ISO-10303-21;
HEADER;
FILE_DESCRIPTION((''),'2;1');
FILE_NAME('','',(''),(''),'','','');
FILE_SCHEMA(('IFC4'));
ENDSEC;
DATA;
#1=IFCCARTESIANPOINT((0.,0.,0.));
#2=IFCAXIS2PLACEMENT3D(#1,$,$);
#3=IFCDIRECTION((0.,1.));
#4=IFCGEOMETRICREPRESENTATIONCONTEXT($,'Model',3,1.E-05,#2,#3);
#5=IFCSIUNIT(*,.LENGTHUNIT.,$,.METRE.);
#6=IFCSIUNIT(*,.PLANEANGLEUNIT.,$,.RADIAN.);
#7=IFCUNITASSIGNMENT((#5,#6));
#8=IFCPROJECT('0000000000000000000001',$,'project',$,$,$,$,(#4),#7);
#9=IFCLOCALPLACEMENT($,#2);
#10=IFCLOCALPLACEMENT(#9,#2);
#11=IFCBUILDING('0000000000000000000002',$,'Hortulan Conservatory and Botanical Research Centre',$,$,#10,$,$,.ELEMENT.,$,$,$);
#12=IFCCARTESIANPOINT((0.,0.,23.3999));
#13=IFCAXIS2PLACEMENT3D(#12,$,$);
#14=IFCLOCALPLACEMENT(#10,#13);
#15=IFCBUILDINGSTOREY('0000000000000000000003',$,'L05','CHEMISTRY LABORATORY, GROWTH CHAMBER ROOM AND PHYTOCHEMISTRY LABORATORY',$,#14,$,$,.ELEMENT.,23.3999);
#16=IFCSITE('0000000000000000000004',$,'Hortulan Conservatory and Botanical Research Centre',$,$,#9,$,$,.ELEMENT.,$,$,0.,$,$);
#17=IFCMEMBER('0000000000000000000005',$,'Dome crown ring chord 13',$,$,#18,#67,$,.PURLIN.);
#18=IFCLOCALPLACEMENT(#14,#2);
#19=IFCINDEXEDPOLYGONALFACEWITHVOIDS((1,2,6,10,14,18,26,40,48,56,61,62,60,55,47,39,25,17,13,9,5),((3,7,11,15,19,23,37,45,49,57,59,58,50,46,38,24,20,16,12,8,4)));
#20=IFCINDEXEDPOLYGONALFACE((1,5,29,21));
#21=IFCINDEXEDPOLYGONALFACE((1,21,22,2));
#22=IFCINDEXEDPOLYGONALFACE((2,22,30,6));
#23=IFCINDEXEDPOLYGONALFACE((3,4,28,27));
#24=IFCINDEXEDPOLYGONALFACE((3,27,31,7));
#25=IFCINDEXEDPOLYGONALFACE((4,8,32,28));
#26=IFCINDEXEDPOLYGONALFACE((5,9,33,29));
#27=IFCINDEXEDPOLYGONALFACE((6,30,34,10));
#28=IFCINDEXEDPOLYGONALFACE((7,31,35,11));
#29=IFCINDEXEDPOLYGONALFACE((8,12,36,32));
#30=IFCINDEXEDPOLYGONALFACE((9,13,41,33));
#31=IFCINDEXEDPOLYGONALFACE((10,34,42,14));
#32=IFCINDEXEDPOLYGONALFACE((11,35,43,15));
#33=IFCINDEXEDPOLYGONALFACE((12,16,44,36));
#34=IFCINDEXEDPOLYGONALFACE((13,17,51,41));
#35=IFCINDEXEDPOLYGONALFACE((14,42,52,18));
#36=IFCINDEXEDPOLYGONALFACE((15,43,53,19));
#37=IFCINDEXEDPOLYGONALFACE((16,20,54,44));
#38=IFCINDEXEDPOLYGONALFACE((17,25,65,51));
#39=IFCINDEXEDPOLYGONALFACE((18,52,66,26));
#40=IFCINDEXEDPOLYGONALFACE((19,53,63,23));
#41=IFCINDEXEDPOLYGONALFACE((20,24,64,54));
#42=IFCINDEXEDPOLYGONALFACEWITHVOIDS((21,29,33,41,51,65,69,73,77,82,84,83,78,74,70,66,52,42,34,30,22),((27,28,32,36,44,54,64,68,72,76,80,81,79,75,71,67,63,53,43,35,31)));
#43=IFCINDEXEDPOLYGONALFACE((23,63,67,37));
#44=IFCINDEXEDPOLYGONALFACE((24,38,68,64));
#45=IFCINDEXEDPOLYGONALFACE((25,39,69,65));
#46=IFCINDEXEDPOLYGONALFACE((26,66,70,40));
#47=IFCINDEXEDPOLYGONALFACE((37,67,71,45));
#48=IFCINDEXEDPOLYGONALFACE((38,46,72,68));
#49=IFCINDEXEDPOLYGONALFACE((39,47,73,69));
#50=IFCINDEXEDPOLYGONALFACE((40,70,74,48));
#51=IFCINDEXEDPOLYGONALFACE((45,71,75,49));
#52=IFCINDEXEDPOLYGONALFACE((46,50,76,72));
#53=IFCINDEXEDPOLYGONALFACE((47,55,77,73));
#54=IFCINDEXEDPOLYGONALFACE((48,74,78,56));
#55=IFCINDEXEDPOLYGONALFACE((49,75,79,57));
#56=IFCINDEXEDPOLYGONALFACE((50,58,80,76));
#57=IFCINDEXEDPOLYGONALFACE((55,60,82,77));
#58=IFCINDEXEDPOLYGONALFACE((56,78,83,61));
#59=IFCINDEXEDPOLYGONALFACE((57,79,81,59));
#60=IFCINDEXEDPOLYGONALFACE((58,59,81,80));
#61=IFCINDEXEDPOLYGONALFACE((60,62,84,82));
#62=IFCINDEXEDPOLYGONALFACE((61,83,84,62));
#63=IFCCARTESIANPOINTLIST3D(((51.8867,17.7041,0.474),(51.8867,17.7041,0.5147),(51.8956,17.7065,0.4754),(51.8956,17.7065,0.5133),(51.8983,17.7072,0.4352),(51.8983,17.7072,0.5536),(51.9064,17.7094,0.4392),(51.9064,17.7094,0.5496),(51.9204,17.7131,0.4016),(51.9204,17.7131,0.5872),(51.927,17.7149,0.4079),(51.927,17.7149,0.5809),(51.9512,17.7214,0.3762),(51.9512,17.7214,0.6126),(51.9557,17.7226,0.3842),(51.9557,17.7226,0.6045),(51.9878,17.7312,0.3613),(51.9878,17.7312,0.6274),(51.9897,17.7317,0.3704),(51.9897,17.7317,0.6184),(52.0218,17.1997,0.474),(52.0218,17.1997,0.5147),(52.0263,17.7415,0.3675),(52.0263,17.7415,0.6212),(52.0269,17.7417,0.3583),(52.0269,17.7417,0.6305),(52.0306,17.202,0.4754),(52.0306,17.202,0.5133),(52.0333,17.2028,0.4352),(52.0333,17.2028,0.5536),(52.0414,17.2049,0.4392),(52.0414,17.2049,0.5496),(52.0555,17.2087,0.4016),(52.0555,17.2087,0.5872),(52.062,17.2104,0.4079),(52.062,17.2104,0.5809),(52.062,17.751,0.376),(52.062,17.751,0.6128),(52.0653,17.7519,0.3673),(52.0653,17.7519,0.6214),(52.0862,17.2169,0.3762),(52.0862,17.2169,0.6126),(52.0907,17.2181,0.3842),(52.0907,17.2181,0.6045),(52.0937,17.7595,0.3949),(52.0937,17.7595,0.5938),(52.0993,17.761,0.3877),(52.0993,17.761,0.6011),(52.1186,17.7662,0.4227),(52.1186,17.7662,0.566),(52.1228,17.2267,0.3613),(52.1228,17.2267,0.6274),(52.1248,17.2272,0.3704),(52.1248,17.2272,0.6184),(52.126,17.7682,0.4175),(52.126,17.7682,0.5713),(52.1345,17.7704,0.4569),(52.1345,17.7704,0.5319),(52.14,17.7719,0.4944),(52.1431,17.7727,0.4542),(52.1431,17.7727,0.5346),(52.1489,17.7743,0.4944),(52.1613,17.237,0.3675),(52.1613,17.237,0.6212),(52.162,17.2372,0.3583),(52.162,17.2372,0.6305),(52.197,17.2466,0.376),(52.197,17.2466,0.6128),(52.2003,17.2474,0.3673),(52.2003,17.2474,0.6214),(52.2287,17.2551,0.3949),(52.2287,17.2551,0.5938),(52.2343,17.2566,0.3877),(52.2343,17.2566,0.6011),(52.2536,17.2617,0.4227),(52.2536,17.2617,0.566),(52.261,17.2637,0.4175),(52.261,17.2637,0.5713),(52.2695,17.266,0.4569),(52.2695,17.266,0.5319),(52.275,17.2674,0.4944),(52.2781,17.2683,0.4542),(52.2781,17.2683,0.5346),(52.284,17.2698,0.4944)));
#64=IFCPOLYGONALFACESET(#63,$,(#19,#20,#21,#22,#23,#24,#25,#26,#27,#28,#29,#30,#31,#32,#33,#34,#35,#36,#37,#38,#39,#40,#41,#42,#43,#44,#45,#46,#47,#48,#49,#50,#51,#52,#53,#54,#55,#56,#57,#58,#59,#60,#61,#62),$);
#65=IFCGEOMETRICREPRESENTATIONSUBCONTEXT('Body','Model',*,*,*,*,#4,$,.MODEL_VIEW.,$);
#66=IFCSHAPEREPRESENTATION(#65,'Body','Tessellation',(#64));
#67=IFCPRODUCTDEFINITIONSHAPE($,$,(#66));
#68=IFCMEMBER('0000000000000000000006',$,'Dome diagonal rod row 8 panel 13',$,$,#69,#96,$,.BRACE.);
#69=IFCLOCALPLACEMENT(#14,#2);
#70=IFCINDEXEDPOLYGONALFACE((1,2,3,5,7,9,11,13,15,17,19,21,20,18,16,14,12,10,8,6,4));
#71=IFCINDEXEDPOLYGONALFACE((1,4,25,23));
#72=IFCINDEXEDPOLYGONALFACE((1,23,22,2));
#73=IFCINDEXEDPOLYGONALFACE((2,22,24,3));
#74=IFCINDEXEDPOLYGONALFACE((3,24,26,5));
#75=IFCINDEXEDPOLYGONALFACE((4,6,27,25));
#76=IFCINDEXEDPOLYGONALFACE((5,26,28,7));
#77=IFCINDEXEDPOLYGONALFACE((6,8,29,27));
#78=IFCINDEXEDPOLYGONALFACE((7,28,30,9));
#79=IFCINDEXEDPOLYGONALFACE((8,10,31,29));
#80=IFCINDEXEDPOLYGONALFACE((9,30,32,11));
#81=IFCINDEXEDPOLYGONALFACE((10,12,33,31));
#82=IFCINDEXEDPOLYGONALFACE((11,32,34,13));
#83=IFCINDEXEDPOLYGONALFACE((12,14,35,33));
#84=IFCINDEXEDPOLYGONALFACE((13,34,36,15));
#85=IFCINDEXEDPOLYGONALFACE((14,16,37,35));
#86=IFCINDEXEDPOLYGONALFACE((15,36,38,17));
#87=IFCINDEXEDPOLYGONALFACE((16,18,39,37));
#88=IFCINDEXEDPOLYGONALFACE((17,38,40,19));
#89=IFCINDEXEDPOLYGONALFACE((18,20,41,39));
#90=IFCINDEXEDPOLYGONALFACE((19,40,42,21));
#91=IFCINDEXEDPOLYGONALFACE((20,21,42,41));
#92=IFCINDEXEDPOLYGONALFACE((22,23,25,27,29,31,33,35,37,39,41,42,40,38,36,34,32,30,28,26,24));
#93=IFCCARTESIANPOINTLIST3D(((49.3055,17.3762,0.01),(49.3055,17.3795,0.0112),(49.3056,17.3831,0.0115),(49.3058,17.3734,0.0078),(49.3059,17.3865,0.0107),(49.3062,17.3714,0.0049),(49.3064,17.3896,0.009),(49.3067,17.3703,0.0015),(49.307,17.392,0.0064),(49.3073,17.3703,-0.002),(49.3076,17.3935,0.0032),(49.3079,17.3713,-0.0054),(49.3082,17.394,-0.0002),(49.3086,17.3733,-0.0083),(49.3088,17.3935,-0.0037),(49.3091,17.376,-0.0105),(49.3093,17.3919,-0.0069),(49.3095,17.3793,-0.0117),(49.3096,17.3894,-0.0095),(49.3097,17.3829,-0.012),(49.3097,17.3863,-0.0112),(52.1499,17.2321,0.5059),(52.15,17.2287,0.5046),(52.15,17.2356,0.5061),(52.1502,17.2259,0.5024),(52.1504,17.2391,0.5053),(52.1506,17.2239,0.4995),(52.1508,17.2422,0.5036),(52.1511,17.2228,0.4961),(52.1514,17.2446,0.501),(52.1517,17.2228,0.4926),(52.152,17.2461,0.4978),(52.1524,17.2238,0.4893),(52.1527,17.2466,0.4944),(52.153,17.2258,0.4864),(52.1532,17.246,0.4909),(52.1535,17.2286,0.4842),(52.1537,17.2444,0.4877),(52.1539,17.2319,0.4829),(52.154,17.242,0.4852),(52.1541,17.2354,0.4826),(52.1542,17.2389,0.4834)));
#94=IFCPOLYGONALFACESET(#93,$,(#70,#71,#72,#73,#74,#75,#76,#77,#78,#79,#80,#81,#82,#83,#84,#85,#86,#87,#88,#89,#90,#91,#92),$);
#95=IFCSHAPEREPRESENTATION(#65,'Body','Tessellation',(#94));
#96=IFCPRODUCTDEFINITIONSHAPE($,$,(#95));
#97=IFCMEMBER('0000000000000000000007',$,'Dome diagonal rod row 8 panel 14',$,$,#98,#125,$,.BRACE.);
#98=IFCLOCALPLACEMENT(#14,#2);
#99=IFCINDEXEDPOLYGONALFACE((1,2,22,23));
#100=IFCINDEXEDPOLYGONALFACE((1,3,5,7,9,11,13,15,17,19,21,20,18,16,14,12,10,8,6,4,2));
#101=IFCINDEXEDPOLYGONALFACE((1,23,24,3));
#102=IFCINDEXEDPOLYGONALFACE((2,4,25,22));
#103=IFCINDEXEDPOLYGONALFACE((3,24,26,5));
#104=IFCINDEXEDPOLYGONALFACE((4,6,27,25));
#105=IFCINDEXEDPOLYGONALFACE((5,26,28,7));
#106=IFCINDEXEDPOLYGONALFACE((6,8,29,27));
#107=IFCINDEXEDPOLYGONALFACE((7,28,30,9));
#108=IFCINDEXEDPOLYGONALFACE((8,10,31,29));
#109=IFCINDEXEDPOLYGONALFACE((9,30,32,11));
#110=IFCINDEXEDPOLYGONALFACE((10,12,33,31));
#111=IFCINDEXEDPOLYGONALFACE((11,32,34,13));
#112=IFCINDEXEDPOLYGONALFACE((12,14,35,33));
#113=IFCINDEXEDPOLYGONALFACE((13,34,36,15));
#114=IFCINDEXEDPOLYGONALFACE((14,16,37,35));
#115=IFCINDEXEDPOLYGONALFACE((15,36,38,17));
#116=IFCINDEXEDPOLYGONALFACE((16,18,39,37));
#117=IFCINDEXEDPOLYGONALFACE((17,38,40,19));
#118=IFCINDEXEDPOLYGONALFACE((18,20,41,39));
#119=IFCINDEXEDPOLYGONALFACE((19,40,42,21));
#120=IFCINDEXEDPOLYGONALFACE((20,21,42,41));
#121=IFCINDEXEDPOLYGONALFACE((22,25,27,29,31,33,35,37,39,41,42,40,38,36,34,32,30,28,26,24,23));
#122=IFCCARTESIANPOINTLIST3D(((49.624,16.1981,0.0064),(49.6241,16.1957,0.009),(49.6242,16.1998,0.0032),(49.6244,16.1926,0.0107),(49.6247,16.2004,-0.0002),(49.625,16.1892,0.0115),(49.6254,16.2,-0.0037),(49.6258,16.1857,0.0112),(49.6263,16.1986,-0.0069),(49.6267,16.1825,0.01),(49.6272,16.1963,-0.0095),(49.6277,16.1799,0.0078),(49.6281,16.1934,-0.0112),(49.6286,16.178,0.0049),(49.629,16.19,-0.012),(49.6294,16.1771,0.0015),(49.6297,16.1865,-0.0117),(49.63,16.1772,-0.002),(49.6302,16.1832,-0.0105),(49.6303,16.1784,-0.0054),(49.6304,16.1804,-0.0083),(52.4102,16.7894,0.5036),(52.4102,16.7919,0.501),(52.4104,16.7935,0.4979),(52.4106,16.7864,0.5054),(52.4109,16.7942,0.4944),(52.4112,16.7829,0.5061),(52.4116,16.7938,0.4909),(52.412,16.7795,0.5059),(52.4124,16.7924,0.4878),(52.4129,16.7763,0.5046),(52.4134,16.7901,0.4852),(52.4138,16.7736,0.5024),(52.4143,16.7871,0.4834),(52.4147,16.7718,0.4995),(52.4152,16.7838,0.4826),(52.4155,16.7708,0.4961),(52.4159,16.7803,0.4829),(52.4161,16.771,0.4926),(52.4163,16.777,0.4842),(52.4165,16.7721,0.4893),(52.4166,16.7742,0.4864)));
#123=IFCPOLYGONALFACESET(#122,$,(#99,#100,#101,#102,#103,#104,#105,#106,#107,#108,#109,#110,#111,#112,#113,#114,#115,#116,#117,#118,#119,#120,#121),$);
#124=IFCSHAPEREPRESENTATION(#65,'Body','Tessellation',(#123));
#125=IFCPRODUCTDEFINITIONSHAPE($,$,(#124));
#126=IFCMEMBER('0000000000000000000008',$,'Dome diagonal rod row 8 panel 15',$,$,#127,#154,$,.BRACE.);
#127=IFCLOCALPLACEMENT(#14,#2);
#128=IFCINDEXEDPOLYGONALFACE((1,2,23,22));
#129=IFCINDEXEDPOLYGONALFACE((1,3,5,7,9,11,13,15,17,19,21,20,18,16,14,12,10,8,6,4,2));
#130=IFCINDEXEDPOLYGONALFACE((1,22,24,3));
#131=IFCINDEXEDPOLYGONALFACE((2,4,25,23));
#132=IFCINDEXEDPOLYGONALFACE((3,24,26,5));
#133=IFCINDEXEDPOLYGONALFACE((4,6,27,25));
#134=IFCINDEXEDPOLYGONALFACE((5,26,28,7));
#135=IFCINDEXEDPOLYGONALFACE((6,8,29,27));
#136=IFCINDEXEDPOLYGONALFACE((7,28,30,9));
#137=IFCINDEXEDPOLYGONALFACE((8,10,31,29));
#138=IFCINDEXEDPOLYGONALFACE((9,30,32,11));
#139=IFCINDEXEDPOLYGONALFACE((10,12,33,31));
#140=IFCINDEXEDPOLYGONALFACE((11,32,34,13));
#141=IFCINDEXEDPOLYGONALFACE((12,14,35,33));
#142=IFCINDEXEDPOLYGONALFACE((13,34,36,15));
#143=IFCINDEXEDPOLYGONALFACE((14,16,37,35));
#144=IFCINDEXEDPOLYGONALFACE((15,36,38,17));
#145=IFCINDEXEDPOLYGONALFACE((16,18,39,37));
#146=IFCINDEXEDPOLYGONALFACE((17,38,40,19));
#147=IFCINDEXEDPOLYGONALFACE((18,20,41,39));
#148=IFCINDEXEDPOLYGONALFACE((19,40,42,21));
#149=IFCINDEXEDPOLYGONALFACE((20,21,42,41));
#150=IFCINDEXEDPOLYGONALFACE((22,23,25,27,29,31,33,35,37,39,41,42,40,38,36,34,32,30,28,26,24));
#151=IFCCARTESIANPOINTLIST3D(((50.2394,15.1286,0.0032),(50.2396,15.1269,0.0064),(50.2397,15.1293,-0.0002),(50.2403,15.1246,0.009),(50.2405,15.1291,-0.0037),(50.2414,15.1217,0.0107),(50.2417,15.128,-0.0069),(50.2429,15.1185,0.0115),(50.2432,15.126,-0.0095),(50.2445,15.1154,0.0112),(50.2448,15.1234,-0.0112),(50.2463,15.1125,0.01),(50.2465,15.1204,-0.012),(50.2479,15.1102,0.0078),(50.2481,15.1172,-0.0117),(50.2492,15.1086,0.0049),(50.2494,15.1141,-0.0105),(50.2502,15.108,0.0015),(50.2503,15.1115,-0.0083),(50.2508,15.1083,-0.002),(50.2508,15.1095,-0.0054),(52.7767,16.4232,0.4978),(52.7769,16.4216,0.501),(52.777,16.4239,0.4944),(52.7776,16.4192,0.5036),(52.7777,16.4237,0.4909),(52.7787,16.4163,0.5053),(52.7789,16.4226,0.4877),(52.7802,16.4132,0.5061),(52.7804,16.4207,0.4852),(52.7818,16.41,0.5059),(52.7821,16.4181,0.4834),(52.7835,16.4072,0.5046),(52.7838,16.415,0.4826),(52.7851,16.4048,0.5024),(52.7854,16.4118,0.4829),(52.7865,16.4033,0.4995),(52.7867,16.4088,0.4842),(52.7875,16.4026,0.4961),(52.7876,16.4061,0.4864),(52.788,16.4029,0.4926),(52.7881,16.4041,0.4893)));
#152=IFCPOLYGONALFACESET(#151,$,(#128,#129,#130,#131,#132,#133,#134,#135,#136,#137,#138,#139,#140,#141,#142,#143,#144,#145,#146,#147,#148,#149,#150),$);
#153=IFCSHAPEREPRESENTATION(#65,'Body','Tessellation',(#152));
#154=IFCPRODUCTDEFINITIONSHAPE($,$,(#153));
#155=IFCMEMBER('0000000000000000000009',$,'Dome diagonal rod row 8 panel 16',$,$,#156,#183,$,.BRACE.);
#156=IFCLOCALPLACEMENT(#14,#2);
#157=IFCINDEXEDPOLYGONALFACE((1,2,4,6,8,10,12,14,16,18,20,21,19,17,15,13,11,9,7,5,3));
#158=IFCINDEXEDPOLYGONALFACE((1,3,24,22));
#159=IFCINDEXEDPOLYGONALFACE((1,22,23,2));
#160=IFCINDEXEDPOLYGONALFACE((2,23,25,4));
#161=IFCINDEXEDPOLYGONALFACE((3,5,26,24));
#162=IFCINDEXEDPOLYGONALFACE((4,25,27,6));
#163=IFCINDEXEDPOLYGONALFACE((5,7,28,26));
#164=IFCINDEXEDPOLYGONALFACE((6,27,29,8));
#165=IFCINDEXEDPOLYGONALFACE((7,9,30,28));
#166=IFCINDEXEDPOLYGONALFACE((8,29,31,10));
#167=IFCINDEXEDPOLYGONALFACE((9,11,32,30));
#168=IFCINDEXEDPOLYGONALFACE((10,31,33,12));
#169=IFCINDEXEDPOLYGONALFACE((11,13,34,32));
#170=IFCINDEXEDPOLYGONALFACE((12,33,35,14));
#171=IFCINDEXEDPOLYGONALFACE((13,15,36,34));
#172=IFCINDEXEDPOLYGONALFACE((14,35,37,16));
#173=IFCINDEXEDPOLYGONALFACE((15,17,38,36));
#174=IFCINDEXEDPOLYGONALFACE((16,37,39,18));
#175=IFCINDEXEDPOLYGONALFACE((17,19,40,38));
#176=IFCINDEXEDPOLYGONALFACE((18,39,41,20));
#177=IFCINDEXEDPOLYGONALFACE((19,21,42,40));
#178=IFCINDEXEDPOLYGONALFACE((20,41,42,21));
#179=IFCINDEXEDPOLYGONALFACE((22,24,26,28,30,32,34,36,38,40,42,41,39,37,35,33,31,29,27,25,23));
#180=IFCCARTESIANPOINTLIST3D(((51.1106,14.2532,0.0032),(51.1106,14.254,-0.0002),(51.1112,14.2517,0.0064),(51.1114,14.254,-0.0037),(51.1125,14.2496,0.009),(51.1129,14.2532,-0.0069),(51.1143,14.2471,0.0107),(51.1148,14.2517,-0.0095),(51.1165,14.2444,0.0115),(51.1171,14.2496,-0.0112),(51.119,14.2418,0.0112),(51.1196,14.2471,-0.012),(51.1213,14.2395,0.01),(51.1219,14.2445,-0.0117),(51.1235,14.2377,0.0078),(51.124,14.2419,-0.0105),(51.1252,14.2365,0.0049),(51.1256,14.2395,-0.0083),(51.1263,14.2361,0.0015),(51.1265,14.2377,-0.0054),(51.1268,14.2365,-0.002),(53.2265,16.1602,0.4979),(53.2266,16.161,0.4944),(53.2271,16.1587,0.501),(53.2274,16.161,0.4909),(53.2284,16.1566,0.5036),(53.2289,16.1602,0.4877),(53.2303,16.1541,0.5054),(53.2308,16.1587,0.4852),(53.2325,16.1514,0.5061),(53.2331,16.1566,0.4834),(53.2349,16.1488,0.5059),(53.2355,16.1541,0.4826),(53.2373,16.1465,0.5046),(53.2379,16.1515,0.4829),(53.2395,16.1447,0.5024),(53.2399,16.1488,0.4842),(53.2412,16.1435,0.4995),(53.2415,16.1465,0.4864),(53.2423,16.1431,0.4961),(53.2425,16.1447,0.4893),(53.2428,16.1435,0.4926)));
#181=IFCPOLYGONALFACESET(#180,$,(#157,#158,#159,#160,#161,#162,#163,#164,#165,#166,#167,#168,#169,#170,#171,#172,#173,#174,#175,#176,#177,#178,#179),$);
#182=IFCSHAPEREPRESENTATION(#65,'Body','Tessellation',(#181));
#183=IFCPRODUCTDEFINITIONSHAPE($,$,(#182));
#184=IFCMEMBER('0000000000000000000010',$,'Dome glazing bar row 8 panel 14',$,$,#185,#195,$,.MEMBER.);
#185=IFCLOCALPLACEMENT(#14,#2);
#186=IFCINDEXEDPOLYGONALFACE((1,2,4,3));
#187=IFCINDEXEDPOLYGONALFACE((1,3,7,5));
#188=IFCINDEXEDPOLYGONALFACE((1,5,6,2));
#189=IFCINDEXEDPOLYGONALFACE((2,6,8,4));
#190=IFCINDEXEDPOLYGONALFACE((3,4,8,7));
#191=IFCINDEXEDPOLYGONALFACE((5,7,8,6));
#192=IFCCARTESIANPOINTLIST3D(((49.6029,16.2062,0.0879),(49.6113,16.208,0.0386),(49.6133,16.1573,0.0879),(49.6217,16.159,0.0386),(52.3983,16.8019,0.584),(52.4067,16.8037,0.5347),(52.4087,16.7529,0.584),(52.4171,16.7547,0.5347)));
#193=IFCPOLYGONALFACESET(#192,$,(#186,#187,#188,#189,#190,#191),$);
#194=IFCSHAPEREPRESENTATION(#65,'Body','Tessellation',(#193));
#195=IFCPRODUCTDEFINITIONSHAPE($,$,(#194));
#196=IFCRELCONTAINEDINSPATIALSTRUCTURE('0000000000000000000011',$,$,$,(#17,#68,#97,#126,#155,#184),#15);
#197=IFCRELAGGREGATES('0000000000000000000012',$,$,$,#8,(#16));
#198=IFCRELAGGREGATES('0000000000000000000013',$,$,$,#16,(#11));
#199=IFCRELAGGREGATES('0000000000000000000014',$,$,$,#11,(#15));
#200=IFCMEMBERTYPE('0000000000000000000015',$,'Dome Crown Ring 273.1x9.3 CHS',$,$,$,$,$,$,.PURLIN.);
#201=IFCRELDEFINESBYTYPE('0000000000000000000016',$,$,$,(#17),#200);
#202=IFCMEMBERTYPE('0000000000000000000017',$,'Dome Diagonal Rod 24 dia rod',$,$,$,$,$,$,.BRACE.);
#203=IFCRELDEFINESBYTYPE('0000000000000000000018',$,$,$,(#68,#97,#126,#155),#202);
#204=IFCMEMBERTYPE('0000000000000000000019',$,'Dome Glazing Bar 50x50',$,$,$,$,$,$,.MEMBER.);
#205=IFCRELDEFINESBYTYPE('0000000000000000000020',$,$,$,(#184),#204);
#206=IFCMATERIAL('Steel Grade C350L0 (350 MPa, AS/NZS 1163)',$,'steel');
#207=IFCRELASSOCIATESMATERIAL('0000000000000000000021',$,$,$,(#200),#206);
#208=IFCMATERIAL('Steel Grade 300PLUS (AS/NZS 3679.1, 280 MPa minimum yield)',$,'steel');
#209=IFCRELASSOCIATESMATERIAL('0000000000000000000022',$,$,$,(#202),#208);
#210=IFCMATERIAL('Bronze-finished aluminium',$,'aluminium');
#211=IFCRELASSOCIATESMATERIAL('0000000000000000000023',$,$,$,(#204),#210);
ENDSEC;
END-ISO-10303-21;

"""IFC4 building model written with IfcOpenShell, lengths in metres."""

from ifc_helpers import new_model, si_unit, direction, frame, origin, origin_2d, place, context, subcontext, project, spatial, rectangle, circle, hollow_circle, extrude, material, material_profile, profile_set, type_object, element, save


model = new_model("IFC4")

# Units and contexts
model_context = context("Model", 3, precision=1e-05, world=origin(), true_north=direction((0.0, 1.0)))
body_context = subcontext(model_context, "Body", "Model", "MODEL_VIEW")
ifc_project = project(units=[si_unit("LENGTHUNIT", "METRE"), si_unit("PLANEANGLEUNIT", "RADIAN")], contexts=[model_context])

# Site, building, storey
site_placement = place(None, origin())
site = spatial("IfcSite", under=ifc_project, at=site_placement, Name="Hortulan Conservatory and Botanical Research Centre", CompositionType="ELEMENT", RefElevation=0.0)
building_placement = place(site_placement, origin())
building = spatial("IfcBuilding", under=site, at=building_placement, Name="Hortulan Conservatory and Botanical Research Centre", CompositionType="ELEMENT")
storey_placement = place(building_placement, frame((0.0, 0.0, 23.3999)))
storey = spatial("IfcBuildingStorey", under=building, at=storey_placement, Name="L05", Description="CHEMISTRY LABORATORY, GROWTH CHAMBER ROOM AND PHYTOCHEMISTRY LABORATORY", CompositionType="ELEMENT", Elevation=23.3999)

# Members
ifc_material_1 = material(Name="Steel Grade C350L0 (350 MPa, AS/NZS 1163)", Category="steel")
ifc_material_profile_1 = material_profile(ifc_material_1, hollow_circle(Radius=0.1365, WallThickness=0.0093, at=origin_2d()), Name="273.1x9.3CHS")
ifc_profile_set_1 = profile_set([ifc_material_profile_1], Name="Steel Grade C350L0 (350 MPa, AS/NZS 1163)")
member_type_1 = type_object("IfcMemberType", Name="Dome Crown Ring 273.1x9.3 CHS", PredefinedType="PURLIN", material=ifc_profile_set_1)
member_1_placement = place(storey_placement, frame((52.0171, 17.739, 0.4944), z_axis=(0.258565, -0.965994, 0.0), x_axis=(0.965994, 0.258565, 0.0)))
element("IfcMember", 1, at=member_1_placement, inside=storey, type_object=member_type_1, Name="Dome crown ring chord 13", PredefinedType="PURLIN", context=body_context, shape_type="SweptSolid", body=[
    extrude(hollow_circle(Radius=0.1365, WallThickness=0.0093, at=origin_2d()), origin(), (0.0, 0.0, 1.0), 0.5222),
])
ifc_material_2 = material(Name="Steel Grade 300PLUS (AS/NZS 3679.1, 280 MPa minimum yield)", Category="steel")
ifc_material_profile_2 = material_profile(ifc_material_2, circle(Radius=0.012, at=origin_2d()), Name="24 dia rod")
ifc_profile_set_2 = profile_set([ifc_material_profile_2], Name="Steel Grade 300PLUS (AS/NZS 3679.1, 280 MPa minimum yield)")
member_type_2 = type_object("IfcMemberType", Name="Dome Diagonal Rod 24 dia rod", PredefinedType="BRACE", material=ifc_profile_set_2)
member_2_placement = place(storey_placement, frame((49.3076, 17.3821, -0.0002), z_axis=(0.983933, -0.051008, 0.171097), x_axis=(0.051772, 0.998659, 0.0)))
element("IfcMember", 2, at=member_2_placement, inside=storey, type_object=member_type_2, Name="Dome diagonal rod row 8 panel 13", PredefinedType="BRACE", context=body_context, shape_type="SweptSolid", body=[
    extrude(circle(Radius=0.012, at=origin_2d()), origin(), (0.0, 0.0, 1.0), 2.8909),
])
member_3_placement = place(storey_placement, frame((49.6272, 16.1887, -0.0002), z_axis=(0.96362, 0.205356, 0.171074), x_axis=(-0.208429, 0.978038, 0.0)))
element("IfcMember", 3, at=member_3_placement, inside=storey, type_object=member_type_2, Name="Dome diagonal rod row 8 panel 14", PredefinedType="BRACE", context=body_context, shape_type="SweptSolid", body=[
    extrude(circle(Radius=0.012, at=origin_2d()), origin(), (0.0, 0.0, 1.0), 2.8914),
])
for number, where, z_axis, x_axis, name in (
    (4, (50.2451, 15.1187, -0.0002), (0.877614, 0.4478, 0.171081), (-0.454501, 0.890746, 0.0), "Dome diagonal rod row 8 panel 15"),
    (5, (51.1187, 14.2451, -0.0002), (0.731886, 0.659601, 0.171086), (-0.669471, 0.742838, 0.0), "Dome diagonal rod row 8 panel 16"),
):
    element("IfcMember", number, at=place(storey_placement, frame(where, z_axis=z_axis, x_axis=x_axis)), inside=storey, type_object=member_type_2, Name=name, PredefinedType="BRACE", context=body_context, shape_type="SweptSolid", body=[
        extrude(circle(Radius=0.012, at=origin_2d()), origin(), (0.0, 0.0, 1.0), 2.8911),
    ])
ifc_material_3 = material(Name="Bronze-finished aluminium", Category="aluminium")
ifc_material_profile_3 = material_profile(ifc_material_3, rectangle(XDim=0.05, YDim=0.05, at=origin_2d()), Name="Square bar 50x50")
ifc_profile_set_3 = profile_set([ifc_material_profile_3], Name="Bronze-finished aluminium")
member_type_3 = type_object("IfcMemberType", Name="Dome Glazing Bar 50x50", PredefinedType="MEMBER", material=ifc_profile_set_3)
member_4_placement = place(storey_placement, frame((49.6123, 16.1826, 0.0632), z_axis=(0.963632, 0.20535, 0.171013), x_axis=(-0.208421, 0.978039, 0.0)))
element("IfcMember", 6, at=member_4_placement, inside=storey, type_object=member_type_3, Name="Dome glazing bar row 8 panel 14", PredefinedType="MEMBER", context=body_context, shape_type="SweptSolid", body=[
    extrude(rectangle(XDim=0.05, YDim=0.05, at=origin_2d()), origin(), (0.0, 0.0, 1.0), 2.9009),
])

save(model, "model.ifc")
